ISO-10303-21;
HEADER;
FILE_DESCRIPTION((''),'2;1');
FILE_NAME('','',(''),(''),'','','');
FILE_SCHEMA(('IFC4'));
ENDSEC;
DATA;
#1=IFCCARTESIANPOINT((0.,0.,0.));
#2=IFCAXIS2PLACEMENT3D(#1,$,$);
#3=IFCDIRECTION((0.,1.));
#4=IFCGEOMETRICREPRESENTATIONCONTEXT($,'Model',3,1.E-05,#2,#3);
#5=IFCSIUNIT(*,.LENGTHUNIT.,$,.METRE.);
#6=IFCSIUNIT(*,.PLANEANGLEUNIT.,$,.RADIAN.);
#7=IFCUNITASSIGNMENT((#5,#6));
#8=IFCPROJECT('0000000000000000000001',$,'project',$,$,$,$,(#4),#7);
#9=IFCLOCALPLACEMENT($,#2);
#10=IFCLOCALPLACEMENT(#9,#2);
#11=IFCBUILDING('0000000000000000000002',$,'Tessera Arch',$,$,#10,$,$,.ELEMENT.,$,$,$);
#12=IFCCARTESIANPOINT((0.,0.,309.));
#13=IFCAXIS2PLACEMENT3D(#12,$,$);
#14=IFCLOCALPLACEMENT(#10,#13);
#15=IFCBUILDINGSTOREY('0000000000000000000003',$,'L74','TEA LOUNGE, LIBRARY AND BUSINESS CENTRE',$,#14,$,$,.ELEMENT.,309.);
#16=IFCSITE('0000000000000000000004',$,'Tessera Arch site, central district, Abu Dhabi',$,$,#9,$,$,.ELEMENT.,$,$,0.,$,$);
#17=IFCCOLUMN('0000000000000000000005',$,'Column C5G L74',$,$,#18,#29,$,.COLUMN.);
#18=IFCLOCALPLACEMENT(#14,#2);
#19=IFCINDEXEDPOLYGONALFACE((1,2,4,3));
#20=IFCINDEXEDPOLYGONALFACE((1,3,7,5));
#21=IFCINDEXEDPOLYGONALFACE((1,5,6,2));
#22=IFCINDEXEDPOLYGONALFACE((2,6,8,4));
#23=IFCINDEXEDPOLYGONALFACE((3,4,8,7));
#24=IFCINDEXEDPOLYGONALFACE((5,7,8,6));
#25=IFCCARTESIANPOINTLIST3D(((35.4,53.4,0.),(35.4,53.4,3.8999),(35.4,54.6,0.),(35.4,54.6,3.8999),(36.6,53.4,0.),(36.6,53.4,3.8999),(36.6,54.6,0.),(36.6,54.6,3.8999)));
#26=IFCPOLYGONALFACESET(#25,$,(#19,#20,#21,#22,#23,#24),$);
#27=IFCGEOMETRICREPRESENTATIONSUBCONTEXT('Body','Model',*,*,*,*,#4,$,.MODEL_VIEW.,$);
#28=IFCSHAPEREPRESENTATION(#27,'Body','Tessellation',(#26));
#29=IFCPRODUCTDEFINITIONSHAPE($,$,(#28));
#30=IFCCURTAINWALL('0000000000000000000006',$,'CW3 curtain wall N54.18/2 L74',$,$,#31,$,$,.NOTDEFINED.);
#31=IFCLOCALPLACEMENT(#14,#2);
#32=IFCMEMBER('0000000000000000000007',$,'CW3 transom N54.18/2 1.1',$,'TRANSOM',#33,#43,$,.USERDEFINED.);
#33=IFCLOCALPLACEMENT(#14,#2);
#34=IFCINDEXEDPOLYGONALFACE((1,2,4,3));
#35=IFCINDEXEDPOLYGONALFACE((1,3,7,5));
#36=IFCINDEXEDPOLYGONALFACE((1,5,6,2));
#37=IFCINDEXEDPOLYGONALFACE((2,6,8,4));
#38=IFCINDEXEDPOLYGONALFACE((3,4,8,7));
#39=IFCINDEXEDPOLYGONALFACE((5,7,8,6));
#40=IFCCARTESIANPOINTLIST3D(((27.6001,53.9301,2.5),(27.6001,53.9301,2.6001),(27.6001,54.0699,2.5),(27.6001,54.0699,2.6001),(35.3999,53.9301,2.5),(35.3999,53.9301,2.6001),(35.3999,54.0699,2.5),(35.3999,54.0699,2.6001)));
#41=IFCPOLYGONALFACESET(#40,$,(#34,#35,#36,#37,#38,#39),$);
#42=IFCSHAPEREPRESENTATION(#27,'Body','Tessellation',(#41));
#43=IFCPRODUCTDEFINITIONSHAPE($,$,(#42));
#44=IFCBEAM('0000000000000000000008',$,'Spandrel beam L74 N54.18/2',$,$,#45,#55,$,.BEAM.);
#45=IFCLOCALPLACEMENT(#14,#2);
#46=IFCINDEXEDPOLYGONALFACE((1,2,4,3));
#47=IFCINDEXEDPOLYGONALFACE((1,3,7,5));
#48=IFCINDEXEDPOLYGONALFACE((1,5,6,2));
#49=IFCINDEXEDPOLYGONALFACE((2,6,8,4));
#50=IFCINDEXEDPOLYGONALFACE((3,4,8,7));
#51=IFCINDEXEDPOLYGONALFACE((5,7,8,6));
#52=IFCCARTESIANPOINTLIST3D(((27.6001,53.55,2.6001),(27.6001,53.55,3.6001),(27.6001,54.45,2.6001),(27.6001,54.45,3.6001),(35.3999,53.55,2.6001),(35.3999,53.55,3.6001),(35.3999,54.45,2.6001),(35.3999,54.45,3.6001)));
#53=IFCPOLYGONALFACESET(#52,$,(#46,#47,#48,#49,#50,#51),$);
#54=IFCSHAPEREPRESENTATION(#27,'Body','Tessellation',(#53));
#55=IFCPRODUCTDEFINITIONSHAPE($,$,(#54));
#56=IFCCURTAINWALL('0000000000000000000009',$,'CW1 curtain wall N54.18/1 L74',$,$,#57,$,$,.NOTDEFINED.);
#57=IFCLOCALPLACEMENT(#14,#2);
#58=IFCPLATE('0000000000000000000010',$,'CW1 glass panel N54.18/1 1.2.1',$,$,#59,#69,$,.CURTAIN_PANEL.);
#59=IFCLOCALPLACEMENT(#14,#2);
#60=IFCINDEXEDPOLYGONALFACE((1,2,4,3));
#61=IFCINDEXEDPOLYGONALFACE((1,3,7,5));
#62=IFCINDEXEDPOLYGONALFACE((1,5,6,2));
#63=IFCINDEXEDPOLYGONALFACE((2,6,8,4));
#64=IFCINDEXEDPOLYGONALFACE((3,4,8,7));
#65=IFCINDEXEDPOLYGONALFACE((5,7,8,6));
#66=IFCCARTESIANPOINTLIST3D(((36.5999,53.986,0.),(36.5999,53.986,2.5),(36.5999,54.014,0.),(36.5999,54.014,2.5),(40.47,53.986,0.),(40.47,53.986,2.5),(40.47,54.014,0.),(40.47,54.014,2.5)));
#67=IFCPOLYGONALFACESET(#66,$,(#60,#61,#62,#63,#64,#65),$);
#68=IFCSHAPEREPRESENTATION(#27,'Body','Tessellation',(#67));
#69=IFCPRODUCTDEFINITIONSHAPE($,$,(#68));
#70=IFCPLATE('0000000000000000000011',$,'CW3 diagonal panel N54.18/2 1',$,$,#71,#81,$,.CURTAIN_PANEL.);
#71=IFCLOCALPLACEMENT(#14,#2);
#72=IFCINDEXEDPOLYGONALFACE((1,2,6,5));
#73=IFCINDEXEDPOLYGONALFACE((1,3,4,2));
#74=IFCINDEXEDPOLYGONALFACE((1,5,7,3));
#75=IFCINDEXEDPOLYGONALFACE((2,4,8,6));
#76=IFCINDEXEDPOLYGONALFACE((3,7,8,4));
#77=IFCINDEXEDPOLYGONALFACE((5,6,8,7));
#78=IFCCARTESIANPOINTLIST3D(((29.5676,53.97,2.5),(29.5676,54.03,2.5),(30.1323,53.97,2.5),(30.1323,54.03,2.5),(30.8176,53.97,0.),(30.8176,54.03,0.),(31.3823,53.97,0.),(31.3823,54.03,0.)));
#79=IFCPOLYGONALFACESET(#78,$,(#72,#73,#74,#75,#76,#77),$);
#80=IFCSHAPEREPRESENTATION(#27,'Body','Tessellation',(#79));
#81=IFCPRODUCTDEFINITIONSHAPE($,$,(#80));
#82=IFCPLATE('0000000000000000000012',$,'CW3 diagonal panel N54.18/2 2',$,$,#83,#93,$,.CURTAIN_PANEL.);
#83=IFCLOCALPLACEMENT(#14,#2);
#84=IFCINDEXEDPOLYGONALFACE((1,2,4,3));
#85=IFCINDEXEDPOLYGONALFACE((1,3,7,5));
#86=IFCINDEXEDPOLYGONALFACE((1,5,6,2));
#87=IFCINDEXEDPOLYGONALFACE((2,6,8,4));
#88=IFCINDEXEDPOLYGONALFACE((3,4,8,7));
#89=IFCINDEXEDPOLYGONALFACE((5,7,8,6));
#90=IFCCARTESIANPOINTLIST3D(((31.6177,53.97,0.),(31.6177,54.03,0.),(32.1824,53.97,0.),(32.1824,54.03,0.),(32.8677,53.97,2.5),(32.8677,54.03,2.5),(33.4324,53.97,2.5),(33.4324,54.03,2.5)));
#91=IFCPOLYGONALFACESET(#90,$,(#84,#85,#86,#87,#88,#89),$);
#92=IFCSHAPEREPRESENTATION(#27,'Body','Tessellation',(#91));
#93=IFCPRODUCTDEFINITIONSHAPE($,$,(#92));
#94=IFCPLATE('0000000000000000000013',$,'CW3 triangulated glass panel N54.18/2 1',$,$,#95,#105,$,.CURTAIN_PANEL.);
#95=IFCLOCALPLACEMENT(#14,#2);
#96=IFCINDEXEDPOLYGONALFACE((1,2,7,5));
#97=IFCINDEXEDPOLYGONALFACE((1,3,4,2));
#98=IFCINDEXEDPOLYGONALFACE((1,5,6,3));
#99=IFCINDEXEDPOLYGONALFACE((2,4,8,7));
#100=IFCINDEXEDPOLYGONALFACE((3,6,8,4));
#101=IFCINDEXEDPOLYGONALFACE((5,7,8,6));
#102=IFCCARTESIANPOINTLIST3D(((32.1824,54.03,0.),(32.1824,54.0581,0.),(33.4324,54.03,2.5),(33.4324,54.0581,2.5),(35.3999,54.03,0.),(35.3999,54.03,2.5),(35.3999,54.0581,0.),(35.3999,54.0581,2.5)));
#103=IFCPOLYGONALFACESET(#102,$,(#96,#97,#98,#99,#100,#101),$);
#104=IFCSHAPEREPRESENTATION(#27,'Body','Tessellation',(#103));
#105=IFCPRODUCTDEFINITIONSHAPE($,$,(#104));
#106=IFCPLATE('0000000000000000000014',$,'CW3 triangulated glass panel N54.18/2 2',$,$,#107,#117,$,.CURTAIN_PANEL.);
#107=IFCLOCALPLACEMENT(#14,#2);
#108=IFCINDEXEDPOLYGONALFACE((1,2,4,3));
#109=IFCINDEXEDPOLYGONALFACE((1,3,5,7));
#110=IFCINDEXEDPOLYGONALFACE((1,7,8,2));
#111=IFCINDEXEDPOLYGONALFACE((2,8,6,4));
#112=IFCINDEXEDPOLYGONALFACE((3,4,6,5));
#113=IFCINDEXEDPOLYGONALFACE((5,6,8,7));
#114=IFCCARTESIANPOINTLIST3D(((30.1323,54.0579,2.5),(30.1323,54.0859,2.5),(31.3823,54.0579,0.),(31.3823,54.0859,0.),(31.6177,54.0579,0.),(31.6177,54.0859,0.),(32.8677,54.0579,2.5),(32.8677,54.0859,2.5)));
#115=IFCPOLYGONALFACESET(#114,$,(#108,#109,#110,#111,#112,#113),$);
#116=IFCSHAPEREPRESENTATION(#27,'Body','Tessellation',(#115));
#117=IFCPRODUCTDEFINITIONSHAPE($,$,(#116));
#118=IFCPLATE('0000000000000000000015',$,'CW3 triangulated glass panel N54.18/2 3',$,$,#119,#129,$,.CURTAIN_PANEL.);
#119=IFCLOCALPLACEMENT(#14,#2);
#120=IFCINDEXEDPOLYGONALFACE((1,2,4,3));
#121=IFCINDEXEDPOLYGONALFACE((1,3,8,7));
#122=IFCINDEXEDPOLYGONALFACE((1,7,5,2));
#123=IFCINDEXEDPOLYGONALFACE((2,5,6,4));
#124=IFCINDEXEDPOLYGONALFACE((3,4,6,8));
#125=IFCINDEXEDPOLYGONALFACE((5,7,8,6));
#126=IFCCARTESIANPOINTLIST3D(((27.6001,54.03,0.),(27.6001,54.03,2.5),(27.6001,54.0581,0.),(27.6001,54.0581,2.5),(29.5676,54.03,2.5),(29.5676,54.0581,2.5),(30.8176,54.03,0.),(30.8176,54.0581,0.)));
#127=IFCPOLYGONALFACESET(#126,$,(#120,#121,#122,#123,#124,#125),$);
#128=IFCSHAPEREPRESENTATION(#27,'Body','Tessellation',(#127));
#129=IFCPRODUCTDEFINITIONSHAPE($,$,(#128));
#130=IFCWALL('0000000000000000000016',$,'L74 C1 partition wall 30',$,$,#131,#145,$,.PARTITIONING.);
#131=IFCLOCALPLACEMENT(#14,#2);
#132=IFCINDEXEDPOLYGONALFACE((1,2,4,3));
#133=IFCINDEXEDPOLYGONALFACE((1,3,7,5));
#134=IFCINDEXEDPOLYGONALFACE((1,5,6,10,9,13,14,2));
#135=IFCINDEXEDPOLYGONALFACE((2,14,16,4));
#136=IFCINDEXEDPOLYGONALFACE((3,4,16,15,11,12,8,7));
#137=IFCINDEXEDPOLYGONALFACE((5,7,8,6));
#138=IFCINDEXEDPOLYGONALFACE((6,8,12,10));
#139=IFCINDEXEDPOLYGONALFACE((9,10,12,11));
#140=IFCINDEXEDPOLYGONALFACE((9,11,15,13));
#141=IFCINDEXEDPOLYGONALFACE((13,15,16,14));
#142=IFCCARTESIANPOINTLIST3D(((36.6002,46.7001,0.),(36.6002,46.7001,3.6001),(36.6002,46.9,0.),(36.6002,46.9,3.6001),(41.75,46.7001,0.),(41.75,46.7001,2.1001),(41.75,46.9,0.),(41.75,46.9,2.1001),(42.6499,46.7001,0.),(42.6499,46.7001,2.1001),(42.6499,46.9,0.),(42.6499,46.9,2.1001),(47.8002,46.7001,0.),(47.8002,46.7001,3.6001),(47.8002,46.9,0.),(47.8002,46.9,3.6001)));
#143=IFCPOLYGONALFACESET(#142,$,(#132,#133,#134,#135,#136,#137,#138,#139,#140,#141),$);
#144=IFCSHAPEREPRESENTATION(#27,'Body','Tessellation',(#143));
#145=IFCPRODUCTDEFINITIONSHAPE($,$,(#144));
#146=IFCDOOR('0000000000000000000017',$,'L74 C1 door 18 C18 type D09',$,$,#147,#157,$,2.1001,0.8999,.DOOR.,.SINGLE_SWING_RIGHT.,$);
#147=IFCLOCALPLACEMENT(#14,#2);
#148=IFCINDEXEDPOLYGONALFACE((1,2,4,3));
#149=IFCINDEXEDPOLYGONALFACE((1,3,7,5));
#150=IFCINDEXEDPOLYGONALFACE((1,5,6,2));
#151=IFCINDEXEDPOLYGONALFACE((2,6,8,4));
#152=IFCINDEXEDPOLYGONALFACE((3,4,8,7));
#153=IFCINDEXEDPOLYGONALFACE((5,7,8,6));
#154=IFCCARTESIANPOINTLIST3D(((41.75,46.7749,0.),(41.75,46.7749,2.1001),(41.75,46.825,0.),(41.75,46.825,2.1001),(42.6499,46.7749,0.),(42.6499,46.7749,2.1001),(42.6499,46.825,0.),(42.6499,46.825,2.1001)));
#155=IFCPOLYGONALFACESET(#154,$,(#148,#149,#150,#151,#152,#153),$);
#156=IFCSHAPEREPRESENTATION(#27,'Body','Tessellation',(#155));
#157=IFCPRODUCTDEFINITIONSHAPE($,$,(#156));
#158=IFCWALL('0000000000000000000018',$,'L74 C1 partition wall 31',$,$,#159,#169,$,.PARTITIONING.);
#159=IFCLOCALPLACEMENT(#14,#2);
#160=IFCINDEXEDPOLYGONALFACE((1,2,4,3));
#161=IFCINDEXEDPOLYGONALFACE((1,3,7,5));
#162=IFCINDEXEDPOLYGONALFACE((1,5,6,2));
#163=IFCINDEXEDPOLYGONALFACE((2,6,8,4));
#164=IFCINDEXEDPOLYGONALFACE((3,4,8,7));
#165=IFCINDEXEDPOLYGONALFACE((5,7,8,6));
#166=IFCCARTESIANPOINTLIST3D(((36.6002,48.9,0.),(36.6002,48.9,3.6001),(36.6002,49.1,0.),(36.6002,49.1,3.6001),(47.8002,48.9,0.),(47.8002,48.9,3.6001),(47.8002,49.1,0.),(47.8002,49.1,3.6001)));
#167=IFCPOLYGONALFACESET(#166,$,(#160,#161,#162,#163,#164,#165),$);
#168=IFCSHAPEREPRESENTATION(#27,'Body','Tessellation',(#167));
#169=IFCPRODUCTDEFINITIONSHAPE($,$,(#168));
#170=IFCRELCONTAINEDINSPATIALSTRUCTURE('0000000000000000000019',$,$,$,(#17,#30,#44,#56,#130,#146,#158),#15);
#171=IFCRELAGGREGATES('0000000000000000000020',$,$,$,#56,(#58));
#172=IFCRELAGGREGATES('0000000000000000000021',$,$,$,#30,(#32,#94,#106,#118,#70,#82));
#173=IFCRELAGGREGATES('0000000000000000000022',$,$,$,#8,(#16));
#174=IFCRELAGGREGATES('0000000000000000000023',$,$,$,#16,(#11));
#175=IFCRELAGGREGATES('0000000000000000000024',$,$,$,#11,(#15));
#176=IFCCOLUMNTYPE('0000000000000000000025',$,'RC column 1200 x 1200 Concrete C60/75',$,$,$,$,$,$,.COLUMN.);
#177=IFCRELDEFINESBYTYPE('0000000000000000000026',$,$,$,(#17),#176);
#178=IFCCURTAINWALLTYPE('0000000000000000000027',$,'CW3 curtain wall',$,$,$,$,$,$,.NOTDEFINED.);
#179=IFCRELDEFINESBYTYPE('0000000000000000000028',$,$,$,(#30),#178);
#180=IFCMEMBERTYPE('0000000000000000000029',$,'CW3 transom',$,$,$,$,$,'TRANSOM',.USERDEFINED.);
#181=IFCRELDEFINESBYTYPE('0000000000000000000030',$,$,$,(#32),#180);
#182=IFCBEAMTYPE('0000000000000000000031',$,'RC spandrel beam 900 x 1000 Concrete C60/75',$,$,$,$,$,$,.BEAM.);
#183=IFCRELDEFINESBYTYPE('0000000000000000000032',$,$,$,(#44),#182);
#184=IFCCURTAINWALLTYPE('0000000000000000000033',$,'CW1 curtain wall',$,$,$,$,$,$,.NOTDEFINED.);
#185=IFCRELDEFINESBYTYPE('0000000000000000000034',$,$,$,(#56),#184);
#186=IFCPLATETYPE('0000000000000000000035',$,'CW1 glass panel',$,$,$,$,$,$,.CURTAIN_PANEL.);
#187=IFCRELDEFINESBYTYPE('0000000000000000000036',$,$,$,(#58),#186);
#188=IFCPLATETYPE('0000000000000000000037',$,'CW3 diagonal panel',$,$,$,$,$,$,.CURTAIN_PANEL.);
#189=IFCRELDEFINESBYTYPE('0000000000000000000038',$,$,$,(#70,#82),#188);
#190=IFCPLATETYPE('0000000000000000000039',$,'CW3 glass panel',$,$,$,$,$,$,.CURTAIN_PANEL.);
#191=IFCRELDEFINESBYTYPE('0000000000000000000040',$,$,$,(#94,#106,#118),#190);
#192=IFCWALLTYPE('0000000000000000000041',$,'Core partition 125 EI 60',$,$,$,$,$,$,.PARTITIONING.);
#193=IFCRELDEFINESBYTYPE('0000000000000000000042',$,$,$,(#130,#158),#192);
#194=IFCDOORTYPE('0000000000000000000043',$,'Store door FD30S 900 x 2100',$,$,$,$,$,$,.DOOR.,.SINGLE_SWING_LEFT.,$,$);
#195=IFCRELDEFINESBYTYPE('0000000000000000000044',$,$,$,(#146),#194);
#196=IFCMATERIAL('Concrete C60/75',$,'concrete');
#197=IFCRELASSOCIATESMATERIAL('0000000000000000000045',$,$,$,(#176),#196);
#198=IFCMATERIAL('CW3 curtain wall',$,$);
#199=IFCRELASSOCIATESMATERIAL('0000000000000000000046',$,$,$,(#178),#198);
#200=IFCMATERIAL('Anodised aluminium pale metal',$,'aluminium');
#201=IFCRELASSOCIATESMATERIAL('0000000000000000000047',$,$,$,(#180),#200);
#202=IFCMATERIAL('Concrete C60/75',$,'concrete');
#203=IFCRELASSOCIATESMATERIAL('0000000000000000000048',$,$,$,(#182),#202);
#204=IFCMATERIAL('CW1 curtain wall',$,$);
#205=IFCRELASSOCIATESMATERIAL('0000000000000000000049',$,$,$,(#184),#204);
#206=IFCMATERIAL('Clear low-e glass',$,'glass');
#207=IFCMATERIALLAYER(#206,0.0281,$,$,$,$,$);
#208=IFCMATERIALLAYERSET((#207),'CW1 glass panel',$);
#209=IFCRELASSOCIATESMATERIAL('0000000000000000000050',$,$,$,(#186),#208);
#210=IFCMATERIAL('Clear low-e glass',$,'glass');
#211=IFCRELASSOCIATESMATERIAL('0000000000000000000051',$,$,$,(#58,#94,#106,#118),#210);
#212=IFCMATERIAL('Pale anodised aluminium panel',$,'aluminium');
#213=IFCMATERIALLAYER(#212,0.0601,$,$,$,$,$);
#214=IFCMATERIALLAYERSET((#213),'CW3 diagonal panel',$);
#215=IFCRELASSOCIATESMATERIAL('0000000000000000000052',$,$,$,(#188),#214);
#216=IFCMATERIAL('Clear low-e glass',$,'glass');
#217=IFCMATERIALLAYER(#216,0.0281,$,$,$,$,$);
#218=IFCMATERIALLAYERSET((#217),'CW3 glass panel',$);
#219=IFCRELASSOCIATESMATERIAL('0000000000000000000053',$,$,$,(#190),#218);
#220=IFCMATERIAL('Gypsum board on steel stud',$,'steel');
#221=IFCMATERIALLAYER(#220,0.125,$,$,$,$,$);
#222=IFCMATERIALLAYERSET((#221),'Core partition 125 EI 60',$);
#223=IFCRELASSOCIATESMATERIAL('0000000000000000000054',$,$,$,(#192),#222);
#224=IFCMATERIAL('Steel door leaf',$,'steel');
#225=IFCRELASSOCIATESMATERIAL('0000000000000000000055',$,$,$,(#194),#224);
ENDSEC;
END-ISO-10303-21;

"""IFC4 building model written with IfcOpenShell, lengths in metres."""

from ifc_helpers import new_model, si_unit, direction, frame, frame_2d, origin, origin_2d, place, context, subcontext, project, spatial, polyline, rectangle, outline, extrude, material, layer, layer_set, material_profile, profile_set, type_object, element, fill, aggregate, save


model = new_model("IFC4")

# Units and contexts
model_context = context("Model", 3, precision=1e-05, world=origin(), true_north=direction((0.0, 1.0)))
body_context = subcontext(model_context, "Body", "Model", "MODEL_VIEW")
ifc_project = project(units=[si_unit("LENGTHUNIT", "METRE"), si_unit("PLANEANGLEUNIT", "RADIAN")], contexts=[model_context])

# Site, building, storey
site_placement = place(None, origin())
site = spatial("IfcSite", under=ifc_project, at=site_placement, Name="Tessera Arch site, central district, Abu Dhabi", CompositionType="ELEMENT", RefElevation=0.0)
building_placement = place(site_placement, origin())
building = spatial("IfcBuilding", under=site, at=building_placement, Name="Tessera Arch", CompositionType="ELEMENT")
storey_placement = place(building_placement, frame((0.0, 0.0, 309.0)))
storey = spatial("IfcBuildingStorey", under=building, at=storey_placement, Name="L74", Description="TEA LOUNGE, LIBRARY AND BUSINESS CENTRE", CompositionType="ELEMENT", Elevation=309.0)

# Column
ifc_material_1 = material(Name="Concrete C60/75", Category="concrete")
ifc_material_profile_1 = material_profile(ifc_material_1, rectangle(XDim=1.2, YDim=1.2, at=origin_2d()), Name="RC column 1200 x 1200 Concrete C60/75")
ifc_profile_set_1 = profile_set([ifc_material_profile_1], Name="Concrete C60/75")
column_type = type_object("IfcColumnType", Name="RC column 1200 x 1200 Concrete C60/75", PredefinedType="COLUMN", material=ifc_profile_set_1)
column_placement = place(storey_placement, frame((36.0, 54.0, 0.0), z_axis=(0.0, 0.0, 1.0), x_axis=(1.0, 0.0, 0.0)))
element("IfcColumn", 1, at=column_placement, inside=storey, type_object=column_type, Name="Column C5G L74", PredefinedType="COLUMN", context=body_context, shape_type="SweptSolid", body=[
    extrude(rectangle(XDim=1.2, YDim=1.2, at=origin_2d()), origin(), (0.0, 0.0, 1.0), 3.8999),
])

# Curtain wall, member
ifc_material_2 = material(Name="CW3 curtain wall")
curtain_wall_type_1 = type_object("IfcCurtainWallType", Name="CW3 curtain wall", PredefinedType="NOTDEFINED", material=ifc_material_2)
curtain_wall_1_placement = place(storey_placement, origin())
curtain_wall_1 = element("IfcCurtainWall", 2, at=curtain_wall_1_placement, inside=storey, type_object=curtain_wall_type_1, Name="CW3 curtain wall N54.18/2 L74", PredefinedType="NOTDEFINED")
ifc_material_3 = material(Name="Anodised aluminium pale metal", Category="aluminium")
ifc_material_profile_2 = material_profile(ifc_material_3, rectangle(XDim=0.1399, YDim=0.1001, at=origin_2d()), Name="AL 140x100")
ifc_profile_set_2 = profile_set([ifc_material_profile_2], Name="Anodised aluminium pale metal")
member_type = type_object("IfcMemberType", Name="CW3 transom", ElementType="TRANSOM", PredefinedType="USERDEFINED", material=ifc_profile_set_2)
member_placement = place(storey_placement, frame((35.3999, 54.0, 2.55), z_axis=(-1.0, 0.0, 0.0), x_axis=(0.0, -1.0, 0.0)))
member = element("IfcMember", 3, at=member_placement, type_object=member_type, Name="CW3 transom N54.18/2 1.1", ObjectType="TRANSOM", PredefinedType="USERDEFINED", context=body_context, shape_type="SweptSolid", body=[
    extrude(rectangle(XDim=0.1399, YDim=0.1001, at=origin_2d()), origin(), (0.0, 0.0, 1.0), 7.7998),
])

# Beam
ifc_material_4 = material(Name="Concrete C60/75", Category="concrete")
ifc_material_profile_3 = material_profile(ifc_material_4, rectangle(XDim=0.8999, YDim=1.0, at=origin_2d()), Name="RC spandrel beam 900 x 1000 Concrete C60/75")
ifc_profile_set_3 = profile_set([ifc_material_profile_3], Name="Concrete C60/75")
beam_type = type_object("IfcBeamType", Name="RC spandrel beam 900 x 1000 Concrete C60/75", PredefinedType="BEAM", material=ifc_profile_set_3)
beam_placement = place(storey_placement, frame((35.3999, 54.0, 3.1001), z_axis=(-1.0, 0.0, 0.0), x_axis=(0.0, -1.0, 0.0)))
element("IfcBeam", 4, at=beam_placement, inside=storey, type_object=beam_type, Name="Spandrel beam L74 N54.18/2", PredefinedType="BEAM", context=body_context, shape_type="SweptSolid", body=[
    extrude(rectangle(XDim=0.8999, YDim=1.0, at=origin_2d()), origin(), (0.0, 0.0, 1.0), 7.7998),
])

# Curtain wall, plate
ifc_material_5 = material(Name="CW1 curtain wall")
curtain_wall_type_2 = type_object("IfcCurtainWallType", Name="CW1 curtain wall", PredefinedType="NOTDEFINED", material=ifc_material_5)
curtain_wall_2_placement = place(storey_placement, origin())
curtain_wall_2 = element("IfcCurtainWall", 5, at=curtain_wall_2_placement, inside=storey, type_object=curtain_wall_type_2, Name="CW1 curtain wall N54.18/1 L74", PredefinedType="NOTDEFINED")
ifc_material_6 = material(Name="Clear low-e glass", Category="glass")
ifc_material_7 = material(Name="Clear low-e glass", Category="glass")
ifc_layer_1 = layer(ifc_material_7, 0.0281)
ifc_layer_set_1 = layer_set([ifc_layer_1], Name="CW1 glass panel")
plate_type_1 = type_object("IfcPlateType", Name="CW1 glass panel", PredefinedType="CURTAIN_PANEL", material=ifc_layer_set_1)
plate_1_placement = place(storey_placement, frame((38.5349, 54.0, 0.0), z_axis=(0.0, 0.0, 1.0), x_axis=(-1.0, 0.0, 0.0)))
plate_1 = element("IfcPlate", 6, at=plate_1_placement, type_object=plate_type_1, material=ifc_material_6, Name="CW1 glass panel N54.18/1 1.2.1", PredefinedType="CURTAIN_PANEL", context=body_context, shape_type="SweptSolid", body=[
    extrude(rectangle(XDim=3.8701, YDim=0.0281, at=origin_2d()), origin(), (0.0, 0.0, 1.0), 2.5),
])
aggregate(curtain_wall_2, [plate_1])

# Plates
ifc_material_8 = material(Name="Pale anodised aluminium panel", Category="aluminium")
ifc_layer_2 = layer(ifc_material_8, 0.0601)
ifc_layer_set_2 = layer_set([ifc_layer_2], Name="CW3 diagonal panel")
plate_type_2 = type_object("IfcPlateType", Name="CW3 diagonal panel", PredefinedType="CURTAIN_PANEL", material=ifc_layer_set_2)
plate_2_placement = place(storey_placement, frame((29.5676, 54.03, 2.5), z_axis=(0.0, 1.0, 0.0), x_axis=(1.0, 0.0, 0.0)))
plate_2 = element("IfcPlate", 7, at=plate_2_placement, type_object=plate_type_2, Name="CW3 diagonal panel N54.18/2 1", PredefinedType="CURTAIN_PANEL", context=body_context, shape_type="SweptSolid", body=[
    extrude(outline(polyline([(0.0, 0.0), (0.5647, 0.0), (1.8147, 2.5), (1.25, 2.5), (0.0, 0.0)])), origin(), (0.0, 0.0, -1.0), 0.0601),
])
plate_3_placement = place(storey_placement, frame((32.8677, 54.03, 2.5), z_axis=(0.0, 1.0, 0.0), x_axis=(1.0, 0.0, 0.0)))
plate_3 = element("IfcPlate", 8, at=plate_3_placement, type_object=plate_type_2, Name="CW3 diagonal panel N54.18/2 2", PredefinedType="CURTAIN_PANEL", context=body_context, shape_type="SweptSolid", body=[
    extrude(outline(polyline([(0.0, 0.0), (0.5647, 0.0), (-0.6853, 2.5), (-1.25, 2.5), (0.0, 0.0)])), origin(), (0.0, 0.0, -1.0), 0.0601),
])
ifc_material_9 = material(Name="Clear low-e glass", Category="glass")
ifc_layer_3 = layer(ifc_material_9, 0.0281)
ifc_layer_set_3 = layer_set([ifc_layer_3], Name="CW3 glass panel")
plate_type_3 = type_object("IfcPlateType", Name="CW3 glass panel", PredefinedType="CURTAIN_PANEL", material=ifc_layer_set_3)
plate_4_placement = place(storey_placement, frame((35.3999, 54.0581, 0.0), z_axis=(0.0, 1.0, 0.0), x_axis=(-1.0, 0.0, 0.0)))
plate_4 = element("IfcPlate", 9, at=plate_4_placement, type_object=plate_type_3, material=ifc_material_6, Name="CW3 triangulated glass panel N54.18/2 1", PredefinedType="CURTAIN_PANEL", context=body_context, shape_type="SweptSolid", body=[
    extrude(outline(polyline([(0.0, 0.0), (3.2175, 0.0), (1.9675, 2.5), (0.0, 2.5), (0.0, 0.0)])), origin(), (0.0, 0.0, -1.0), 0.0281),
])
plate_5_placement = place(storey_placement, frame((30.1323, 54.0859, 2.5), z_axis=(0.0, 1.0, 0.0), x_axis=(1.0, 0.0, 0.0)))
plate_5 = element("IfcPlate", 10, at=plate_5_placement, type_object=plate_type_3, material=ifc_material_6, Name="CW3 triangulated glass panel N54.18/2 2", PredefinedType="CURTAIN_PANEL", context=body_context, shape_type="SweptSolid", body=[
    extrude(outline(polyline([(0.0, 0.0), (2.7354, 0.0), (1.4854, 2.5), (1.25, 2.5), (0.0, 0.0)])), origin(), (0.0, 0.0, -1.0), 0.0281),
])
plate_6_placement = place(storey_placement, frame((27.6001, 54.0581, 2.5), z_axis=(0.0, 1.0, 0.0), x_axis=(1.0, 0.0, 0.0)))
plate_6 = element("IfcPlate", 11, at=plate_6_placement, type_object=plate_type_3, material=ifc_material_6, Name="CW3 triangulated glass panel N54.18/2 3", PredefinedType="CURTAIN_PANEL", context=body_context, shape_type="SweptSolid", body=[
    extrude(outline(polyline([(0.0, 0.0), (1.9675, 0.0), (3.2175, 2.5), (0.0, 2.5), (0.0, 0.0)])), origin(), (0.0, 0.0, -1.0), 0.0281),
])
aggregate(curtain_wall_1, [member, plate_4, plate_5, plate_6, plate_2, plate_3])

# Wall, opening, door
ifc_material_10 = material(Name="Gypsum board on steel stud", Category="steel")
ifc_layer_4 = layer(ifc_material_10, 0.125)
ifc_layer_set_4 = layer_set([ifc_layer_4], Name="Core partition 125 EI 60")
wall_type_1 = type_object("IfcWallType", Name="Core partition 125 EI 60", PredefinedType="PARTITIONING", material=ifc_layer_set_4)
wall_1_placement = place(storey_placement, frame((36.6001, 46.8, 0.0), z_axis=(0.0, 0.0, 1.0), x_axis=(1.0, 0.0, 0.0)))
wall_1 = element("IfcWall", 12, at=wall_1_placement, inside=storey, type_object=wall_type_1, Name="L74 C1 partition wall 30", PredefinedType="PARTITIONING", context=body_context, shape_type="SweptSolid", body=[
    extrude(rectangle(XDim=11.2, YDim=0.2, at=frame_2d((5.6001, 0.0))), origin(), (0.0, 0.0, 1.0), 3.6001),
])
opening_1_placement = place(wall_1_placement, frame((5.1499, 0.0, 0.0)))
opening_1 = element("IfcOpeningElement", 13, at=opening_1_placement, cuts=wall_1, PredefinedType="OPENING", context=body_context, shape_type="SweptSolid", body=[
    extrude(rectangle(XDim=0.8999, YDim=2.1001, at=frame_2d((0.45, 1.05))), frame((0.0, 0.1099, 0.0), z_axis=(0.0, -1.0, 0.0), x_axis=(1.0, 0.0, 0.0)), (0.0, 0.0, 1.0), 0.22),
])
ifc_material_11 = material(Name="Steel door leaf", Category="steel")
door_type_1 = type_object("IfcDoorType", Name="Store door FD30S 900 x 2100", OperationType="SINGLE_SWING_LEFT", PredefinedType="DOOR", material=ifc_material_11)
door_1_placement = place(opening_1_placement, origin())
door_1 = element("IfcDoor", 14, at=door_1_placement, inside=storey, type_object=door_type_1, Name="L74 C1 door 18 C18 type D09", OperationType="SINGLE_SWING_RIGHT", OverallHeight=2.1001, OverallWidth=0.8999, PredefinedType="DOOR", context=body_context, shape_type="SweptSolid", body=[
    extrude(rectangle(XDim=0.8999, YDim=2.1001, at=frame_2d((0.45, 1.05))), frame((0.0, 0.0249, 0.0), z_axis=(0.0, -1.0, 0.0), x_axis=(1.0, 0.0, 0.0)), (0.0, 0.0, 1.0), 0.05),
])
fill(opening_1, door_1)

# Wall
wall_2_placement = place(storey_placement, frame((36.6001, 49.0, 0.0), z_axis=(0.0, 0.0, 1.0), x_axis=(1.0, 0.0, 0.0)))
element("IfcWall", 15, at=wall_2_placement, inside=storey, type_object=wall_type_1, Name="L74 C1 partition wall 31", PredefinedType="PARTITIONING", context=body_context, shape_type="SweptSolid", body=[
    extrude(rectangle(XDim=11.2, YDim=0.2, at=frame_2d((5.6001, 0.0))), origin(), (0.0, 0.0, 1.0), 3.6001),
])

save(model, "model.ifc")
